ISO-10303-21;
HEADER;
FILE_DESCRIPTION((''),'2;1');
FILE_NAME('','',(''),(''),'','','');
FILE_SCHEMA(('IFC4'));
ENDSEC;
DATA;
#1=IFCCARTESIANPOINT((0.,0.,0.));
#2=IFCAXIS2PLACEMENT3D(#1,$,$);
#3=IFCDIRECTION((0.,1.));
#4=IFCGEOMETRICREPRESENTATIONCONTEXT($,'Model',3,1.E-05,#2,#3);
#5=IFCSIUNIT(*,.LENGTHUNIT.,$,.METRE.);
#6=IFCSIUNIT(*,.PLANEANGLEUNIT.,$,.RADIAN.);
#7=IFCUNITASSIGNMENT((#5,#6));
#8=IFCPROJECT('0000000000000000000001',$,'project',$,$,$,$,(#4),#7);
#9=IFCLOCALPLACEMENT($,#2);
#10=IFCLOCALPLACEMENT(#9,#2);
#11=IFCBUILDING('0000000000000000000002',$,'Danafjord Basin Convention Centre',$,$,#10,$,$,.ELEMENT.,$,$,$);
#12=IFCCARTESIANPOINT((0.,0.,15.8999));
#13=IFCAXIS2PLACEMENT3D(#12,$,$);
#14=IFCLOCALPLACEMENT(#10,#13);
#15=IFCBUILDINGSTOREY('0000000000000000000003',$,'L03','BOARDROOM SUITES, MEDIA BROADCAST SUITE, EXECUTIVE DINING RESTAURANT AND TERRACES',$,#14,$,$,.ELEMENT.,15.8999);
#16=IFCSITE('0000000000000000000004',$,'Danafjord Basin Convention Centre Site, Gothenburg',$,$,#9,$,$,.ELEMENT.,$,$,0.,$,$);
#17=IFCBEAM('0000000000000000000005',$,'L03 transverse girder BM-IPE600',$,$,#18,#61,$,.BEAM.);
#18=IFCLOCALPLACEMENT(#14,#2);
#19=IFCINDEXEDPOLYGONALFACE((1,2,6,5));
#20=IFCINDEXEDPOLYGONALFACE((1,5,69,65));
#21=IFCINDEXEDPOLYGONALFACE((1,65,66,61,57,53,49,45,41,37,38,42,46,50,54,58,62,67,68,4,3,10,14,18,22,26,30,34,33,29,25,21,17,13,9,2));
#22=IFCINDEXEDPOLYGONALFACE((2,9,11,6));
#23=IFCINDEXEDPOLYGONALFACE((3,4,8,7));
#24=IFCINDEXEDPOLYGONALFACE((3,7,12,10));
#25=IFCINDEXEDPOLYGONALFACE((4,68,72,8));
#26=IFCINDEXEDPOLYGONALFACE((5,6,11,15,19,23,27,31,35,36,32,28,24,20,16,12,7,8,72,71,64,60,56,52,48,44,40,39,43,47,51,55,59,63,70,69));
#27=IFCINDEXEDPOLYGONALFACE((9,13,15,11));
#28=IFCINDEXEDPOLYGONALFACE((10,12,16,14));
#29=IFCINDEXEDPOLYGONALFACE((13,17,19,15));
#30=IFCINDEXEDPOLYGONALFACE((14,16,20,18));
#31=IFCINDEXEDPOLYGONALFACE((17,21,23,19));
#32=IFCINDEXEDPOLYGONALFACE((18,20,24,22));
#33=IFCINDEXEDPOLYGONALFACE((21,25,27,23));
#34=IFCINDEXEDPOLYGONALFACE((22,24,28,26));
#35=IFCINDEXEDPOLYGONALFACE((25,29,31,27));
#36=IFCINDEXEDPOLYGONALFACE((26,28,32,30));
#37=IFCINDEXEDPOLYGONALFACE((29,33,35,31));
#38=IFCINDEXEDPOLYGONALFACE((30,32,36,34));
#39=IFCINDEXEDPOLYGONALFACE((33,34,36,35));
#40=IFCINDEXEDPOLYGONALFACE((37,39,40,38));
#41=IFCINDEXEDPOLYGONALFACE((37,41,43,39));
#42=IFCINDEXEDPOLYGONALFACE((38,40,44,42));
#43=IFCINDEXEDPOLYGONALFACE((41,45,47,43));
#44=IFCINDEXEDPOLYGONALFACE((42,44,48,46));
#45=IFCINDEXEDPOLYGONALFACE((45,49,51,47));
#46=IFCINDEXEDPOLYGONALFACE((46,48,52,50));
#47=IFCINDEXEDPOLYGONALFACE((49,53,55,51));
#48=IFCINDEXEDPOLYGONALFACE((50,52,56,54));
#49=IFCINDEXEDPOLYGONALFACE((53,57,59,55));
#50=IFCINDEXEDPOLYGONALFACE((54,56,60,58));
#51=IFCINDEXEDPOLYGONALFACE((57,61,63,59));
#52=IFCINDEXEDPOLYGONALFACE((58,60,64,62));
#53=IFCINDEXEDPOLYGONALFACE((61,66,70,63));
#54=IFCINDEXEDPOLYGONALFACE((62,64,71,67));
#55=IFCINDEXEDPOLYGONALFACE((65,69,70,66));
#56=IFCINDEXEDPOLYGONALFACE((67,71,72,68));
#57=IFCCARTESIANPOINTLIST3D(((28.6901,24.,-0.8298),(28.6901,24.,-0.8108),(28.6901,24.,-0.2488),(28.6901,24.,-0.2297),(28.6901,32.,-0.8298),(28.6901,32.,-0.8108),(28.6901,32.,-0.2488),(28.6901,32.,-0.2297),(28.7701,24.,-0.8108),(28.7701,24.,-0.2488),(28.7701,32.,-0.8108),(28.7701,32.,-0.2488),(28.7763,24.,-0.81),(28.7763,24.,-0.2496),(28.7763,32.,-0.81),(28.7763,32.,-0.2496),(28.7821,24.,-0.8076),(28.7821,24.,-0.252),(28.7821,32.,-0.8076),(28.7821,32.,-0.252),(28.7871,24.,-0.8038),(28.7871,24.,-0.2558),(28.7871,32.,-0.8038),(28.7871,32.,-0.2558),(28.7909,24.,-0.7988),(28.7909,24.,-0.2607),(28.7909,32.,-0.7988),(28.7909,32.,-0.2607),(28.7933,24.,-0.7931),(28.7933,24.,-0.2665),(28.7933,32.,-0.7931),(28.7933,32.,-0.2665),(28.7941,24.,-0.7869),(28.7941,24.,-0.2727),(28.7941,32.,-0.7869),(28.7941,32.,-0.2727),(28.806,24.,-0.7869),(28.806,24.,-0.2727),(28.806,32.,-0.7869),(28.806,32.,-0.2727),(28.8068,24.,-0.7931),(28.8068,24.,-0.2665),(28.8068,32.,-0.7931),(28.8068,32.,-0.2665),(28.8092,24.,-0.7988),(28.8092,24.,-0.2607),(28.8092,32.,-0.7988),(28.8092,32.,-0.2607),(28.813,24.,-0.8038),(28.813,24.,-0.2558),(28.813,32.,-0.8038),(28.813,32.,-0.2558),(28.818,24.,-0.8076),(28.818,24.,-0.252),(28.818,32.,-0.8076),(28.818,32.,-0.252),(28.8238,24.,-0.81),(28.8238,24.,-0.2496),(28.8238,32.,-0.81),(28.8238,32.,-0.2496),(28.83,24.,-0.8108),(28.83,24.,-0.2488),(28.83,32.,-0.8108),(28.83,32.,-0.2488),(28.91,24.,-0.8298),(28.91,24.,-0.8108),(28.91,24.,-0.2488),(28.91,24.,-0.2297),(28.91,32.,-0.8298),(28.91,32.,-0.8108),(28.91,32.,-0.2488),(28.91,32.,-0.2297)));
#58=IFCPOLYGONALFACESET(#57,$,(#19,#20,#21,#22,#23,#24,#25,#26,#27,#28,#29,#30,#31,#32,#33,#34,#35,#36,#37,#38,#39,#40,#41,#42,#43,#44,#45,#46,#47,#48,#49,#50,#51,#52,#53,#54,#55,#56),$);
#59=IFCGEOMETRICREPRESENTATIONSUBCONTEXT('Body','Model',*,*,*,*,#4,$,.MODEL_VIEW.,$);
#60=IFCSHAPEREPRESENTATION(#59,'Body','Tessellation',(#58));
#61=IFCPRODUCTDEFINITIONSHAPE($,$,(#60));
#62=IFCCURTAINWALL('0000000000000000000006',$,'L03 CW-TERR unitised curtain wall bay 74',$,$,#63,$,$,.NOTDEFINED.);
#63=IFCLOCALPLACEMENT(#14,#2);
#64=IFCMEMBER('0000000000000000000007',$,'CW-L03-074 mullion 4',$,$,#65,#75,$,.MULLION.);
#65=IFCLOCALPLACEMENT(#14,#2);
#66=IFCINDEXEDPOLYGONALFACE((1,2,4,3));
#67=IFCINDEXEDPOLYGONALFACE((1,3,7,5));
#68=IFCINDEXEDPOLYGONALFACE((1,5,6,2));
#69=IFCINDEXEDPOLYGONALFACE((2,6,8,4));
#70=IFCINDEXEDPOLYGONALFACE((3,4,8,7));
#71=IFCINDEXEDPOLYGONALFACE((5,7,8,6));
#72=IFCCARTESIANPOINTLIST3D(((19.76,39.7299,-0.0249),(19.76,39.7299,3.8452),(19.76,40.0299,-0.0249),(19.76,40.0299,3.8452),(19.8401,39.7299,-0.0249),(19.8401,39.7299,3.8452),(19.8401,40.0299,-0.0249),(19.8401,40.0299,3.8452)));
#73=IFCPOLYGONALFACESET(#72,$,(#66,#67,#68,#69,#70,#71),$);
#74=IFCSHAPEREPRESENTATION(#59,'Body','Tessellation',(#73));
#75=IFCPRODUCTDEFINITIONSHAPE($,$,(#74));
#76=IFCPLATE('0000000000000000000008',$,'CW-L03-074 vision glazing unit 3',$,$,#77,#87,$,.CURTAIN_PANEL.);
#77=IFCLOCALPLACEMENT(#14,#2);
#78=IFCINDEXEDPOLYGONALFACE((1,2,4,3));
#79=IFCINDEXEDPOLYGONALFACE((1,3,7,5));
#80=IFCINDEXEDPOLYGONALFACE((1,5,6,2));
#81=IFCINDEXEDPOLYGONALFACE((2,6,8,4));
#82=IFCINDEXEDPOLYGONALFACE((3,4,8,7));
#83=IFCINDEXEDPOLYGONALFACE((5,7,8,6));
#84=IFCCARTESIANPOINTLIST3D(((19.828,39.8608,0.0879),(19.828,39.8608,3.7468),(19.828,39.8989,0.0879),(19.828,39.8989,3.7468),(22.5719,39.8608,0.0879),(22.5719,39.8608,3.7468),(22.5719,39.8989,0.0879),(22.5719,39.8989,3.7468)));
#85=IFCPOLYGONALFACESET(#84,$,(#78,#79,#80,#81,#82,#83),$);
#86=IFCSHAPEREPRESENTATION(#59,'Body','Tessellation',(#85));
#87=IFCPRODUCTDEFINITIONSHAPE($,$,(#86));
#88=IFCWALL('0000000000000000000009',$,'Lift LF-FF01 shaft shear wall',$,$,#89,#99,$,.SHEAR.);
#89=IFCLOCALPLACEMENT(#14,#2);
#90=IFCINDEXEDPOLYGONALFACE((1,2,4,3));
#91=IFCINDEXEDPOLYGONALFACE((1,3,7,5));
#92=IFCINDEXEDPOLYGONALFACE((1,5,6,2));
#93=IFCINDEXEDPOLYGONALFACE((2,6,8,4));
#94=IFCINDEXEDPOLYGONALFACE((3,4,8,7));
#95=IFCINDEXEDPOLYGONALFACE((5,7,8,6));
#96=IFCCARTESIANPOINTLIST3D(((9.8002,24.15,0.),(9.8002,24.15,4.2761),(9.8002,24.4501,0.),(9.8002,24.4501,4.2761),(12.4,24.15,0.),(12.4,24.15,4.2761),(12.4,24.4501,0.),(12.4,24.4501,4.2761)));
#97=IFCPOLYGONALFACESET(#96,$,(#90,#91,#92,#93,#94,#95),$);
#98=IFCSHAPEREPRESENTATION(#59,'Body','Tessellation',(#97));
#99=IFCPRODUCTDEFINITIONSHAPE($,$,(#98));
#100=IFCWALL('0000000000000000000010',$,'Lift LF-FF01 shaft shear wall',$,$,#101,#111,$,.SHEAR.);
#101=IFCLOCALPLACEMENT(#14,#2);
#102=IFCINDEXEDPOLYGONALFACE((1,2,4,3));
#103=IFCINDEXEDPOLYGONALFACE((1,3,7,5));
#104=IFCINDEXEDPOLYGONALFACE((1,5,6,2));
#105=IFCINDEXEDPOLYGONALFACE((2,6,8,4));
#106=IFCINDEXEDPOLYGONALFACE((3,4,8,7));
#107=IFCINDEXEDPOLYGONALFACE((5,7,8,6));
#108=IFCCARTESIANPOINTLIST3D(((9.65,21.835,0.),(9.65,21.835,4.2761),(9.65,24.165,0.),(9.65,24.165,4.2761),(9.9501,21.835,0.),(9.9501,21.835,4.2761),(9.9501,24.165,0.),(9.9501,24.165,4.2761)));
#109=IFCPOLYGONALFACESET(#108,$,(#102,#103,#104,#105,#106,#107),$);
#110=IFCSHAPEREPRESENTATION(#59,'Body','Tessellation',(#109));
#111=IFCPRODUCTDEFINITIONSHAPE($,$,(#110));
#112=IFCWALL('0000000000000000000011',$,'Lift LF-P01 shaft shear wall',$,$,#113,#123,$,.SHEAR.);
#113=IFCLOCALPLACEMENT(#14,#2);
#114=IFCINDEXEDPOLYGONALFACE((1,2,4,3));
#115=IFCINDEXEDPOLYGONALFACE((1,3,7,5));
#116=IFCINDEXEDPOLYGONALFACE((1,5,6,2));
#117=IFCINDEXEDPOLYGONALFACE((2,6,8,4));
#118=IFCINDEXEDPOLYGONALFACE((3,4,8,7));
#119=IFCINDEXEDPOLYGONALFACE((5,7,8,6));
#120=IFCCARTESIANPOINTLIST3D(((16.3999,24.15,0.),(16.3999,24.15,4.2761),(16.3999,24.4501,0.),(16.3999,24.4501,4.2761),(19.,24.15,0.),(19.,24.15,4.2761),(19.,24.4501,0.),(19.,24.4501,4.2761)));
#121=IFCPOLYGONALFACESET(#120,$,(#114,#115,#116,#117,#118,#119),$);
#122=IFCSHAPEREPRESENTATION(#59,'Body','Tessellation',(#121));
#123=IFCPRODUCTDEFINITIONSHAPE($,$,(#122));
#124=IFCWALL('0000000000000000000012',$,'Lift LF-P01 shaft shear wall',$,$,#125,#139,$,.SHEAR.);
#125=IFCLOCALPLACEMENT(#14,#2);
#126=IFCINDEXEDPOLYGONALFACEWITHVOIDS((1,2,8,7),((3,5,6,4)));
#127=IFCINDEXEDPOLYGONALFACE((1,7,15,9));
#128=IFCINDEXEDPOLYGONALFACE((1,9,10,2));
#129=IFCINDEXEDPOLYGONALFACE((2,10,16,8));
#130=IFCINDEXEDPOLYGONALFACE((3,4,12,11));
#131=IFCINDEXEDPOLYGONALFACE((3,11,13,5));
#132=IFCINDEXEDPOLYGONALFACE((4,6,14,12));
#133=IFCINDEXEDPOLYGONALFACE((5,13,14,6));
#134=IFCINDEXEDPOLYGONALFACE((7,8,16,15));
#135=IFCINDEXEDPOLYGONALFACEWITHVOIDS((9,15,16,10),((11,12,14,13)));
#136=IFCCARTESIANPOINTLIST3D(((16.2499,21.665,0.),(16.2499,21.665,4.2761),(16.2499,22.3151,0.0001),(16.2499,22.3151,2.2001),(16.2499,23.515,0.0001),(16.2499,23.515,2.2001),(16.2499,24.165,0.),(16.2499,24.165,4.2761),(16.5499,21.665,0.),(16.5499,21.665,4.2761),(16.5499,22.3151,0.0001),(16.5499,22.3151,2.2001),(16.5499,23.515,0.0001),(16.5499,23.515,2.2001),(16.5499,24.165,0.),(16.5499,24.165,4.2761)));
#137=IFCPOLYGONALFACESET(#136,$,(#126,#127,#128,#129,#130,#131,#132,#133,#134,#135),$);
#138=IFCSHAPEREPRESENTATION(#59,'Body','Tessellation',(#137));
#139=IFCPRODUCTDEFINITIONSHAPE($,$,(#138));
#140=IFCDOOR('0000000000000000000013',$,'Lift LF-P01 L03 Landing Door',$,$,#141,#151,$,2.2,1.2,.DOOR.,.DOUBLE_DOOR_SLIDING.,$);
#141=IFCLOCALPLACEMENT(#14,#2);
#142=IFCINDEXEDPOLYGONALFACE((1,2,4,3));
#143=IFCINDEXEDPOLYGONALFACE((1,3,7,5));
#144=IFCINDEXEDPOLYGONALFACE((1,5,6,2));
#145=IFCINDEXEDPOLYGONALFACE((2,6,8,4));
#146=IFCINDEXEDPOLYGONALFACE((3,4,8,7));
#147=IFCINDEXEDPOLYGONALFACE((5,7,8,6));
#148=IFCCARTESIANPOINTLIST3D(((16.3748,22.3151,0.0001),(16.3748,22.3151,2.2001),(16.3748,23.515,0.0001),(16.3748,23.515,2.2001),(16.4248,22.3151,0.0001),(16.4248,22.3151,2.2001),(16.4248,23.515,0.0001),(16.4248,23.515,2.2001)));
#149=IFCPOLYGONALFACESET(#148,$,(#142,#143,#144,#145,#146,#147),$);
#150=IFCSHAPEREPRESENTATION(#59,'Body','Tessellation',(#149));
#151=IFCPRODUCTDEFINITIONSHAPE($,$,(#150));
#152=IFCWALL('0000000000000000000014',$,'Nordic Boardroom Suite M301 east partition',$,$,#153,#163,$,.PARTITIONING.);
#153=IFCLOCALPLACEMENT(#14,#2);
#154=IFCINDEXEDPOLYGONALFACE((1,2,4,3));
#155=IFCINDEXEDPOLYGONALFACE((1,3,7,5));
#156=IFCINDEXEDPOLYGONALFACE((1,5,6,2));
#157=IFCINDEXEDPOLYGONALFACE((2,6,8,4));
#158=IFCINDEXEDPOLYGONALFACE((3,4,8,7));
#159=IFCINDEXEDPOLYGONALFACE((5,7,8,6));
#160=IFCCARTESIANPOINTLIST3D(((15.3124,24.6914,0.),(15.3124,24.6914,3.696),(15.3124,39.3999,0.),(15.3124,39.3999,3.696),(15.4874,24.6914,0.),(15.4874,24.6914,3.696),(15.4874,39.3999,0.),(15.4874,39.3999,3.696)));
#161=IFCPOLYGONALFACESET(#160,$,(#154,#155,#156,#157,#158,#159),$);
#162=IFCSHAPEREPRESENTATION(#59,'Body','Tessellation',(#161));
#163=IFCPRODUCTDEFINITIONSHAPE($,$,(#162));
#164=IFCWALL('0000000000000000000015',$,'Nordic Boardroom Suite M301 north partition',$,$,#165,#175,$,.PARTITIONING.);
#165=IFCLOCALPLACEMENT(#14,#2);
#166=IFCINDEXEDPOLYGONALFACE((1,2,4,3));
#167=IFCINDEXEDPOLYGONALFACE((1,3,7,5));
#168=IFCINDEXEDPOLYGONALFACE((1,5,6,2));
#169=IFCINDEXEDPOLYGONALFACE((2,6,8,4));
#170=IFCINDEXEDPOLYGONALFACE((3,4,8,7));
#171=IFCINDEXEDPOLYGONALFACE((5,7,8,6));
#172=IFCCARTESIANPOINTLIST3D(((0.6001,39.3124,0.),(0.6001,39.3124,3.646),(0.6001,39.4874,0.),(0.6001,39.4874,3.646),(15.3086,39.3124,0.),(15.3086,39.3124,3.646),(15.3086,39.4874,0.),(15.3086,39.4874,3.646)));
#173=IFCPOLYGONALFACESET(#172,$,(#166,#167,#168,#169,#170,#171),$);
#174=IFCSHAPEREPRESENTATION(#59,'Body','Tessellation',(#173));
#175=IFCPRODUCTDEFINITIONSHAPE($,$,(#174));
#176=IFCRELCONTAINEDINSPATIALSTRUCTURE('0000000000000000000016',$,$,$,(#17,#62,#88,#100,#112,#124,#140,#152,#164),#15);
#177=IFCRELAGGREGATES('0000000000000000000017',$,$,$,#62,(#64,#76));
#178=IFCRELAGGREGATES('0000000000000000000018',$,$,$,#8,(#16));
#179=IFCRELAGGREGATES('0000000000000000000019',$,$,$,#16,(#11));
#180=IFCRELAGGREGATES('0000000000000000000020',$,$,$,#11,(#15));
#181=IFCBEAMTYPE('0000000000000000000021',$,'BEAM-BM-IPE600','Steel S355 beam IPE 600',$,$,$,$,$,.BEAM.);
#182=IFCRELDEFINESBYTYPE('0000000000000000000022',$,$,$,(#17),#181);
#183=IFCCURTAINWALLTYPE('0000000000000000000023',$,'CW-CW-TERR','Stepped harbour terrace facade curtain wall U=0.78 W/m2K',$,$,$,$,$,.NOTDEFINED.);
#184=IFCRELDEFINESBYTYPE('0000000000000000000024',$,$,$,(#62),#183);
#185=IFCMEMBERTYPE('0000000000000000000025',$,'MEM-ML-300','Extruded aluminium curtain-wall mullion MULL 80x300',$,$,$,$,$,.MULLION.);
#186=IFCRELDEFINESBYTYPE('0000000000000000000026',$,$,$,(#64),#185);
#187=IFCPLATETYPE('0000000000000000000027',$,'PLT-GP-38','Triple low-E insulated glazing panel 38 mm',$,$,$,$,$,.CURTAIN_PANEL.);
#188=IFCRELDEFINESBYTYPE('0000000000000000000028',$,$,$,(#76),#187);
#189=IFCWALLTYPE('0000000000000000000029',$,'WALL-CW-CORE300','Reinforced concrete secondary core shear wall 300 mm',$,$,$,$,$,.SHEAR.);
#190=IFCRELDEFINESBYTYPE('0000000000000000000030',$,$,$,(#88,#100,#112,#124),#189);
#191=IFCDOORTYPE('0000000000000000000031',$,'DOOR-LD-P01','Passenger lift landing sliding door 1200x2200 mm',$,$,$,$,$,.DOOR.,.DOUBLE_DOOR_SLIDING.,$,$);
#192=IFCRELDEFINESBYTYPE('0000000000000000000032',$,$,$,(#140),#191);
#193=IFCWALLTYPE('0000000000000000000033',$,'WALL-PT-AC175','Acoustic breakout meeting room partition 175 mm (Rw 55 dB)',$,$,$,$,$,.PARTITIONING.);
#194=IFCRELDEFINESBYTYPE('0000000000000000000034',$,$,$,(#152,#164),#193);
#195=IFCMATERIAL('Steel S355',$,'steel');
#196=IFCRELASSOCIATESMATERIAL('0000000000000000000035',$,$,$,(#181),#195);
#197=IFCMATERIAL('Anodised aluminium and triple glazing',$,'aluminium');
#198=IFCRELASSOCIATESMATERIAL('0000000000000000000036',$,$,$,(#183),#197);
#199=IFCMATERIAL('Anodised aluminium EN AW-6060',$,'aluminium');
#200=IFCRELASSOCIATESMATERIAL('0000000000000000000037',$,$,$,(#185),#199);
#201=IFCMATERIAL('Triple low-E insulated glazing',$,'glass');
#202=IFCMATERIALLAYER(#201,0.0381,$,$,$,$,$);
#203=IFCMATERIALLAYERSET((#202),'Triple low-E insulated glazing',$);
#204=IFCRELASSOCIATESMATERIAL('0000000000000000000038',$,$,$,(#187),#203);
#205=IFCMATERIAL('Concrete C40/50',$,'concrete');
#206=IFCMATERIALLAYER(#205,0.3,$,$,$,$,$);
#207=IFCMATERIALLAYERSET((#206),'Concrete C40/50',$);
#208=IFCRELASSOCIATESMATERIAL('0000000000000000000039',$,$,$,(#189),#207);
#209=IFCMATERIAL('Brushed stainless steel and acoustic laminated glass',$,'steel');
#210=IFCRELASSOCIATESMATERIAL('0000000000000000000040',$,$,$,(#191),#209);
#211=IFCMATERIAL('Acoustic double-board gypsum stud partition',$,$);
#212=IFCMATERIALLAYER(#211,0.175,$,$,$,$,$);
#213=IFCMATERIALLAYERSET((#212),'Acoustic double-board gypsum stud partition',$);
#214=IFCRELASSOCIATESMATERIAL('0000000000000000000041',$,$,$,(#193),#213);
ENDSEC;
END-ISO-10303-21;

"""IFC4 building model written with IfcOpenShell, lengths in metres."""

from ifc_helpers import new_model, si_unit, direction, frame, frame_2d, origin, origin_2d, place, context, subcontext, project, spatial, rectangle, i_section, extrude, material, layer, layer_set, material_profile, profile_set, type_object, element, fill, aggregate, save


model = new_model("IFC4")

# Units and contexts
model_context = context("Model", 3, precision=1e-05, world=origin(), true_north=direction((0.0, 1.0)))
body_context = subcontext(model_context, "Body", "Model", "MODEL_VIEW")
ifc_project = project(units=[si_unit("LENGTHUNIT", "METRE"), si_unit("PLANEANGLEUNIT", "RADIAN")], contexts=[model_context])

# Site, building, storey
site_placement = place(None, origin())
site = spatial("IfcSite", under=ifc_project, at=site_placement, Name="Danafjord Basin Convention Centre Site, Gothenburg", CompositionType="ELEMENT", RefElevation=0.0)
building_placement = place(site_placement, origin())
building = spatial("IfcBuilding", under=site, at=building_placement, Name="Danafjord Basin Convention Centre", CompositionType="ELEMENT")
storey_placement = place(building_placement, frame((0.0, 0.0, 15.8999)))
storey = spatial("IfcBuildingStorey", under=building, at=storey_placement, Name="L03", Description="BOARDROOM SUITES, MEDIA BROADCAST SUITE, EXECUTIVE DINING RESTAURANT AND TERRACES", CompositionType="ELEMENT", Elevation=15.8999)

# Shared definitions
ifc_material_1 = material(Name="Steel S355", Category="steel")

# Beam
ifc_material_profile_1 = material_profile(ifc_material_1, i_section(OverallWidth=0.22, OverallDepth=0.6001, WebThickness=0.012, FlangeThickness=0.019, FilletRadius=0.0239, at=origin_2d()), Name="IPE 600")
ifc_profile_set_1 = profile_set([ifc_material_profile_1], Name="Steel S355")
beam_type_1 = type_object("IfcBeamType", Name="BEAM-BM-IPE600", Description="Steel S355 beam IPE 600", PredefinedType="BEAM", material=ifc_profile_set_1)
for number, where, z_axis, x_axis, name in (
    (1, (28.8, 24.0, -0.5298), (0.0, 1.0, 0.0), (-1.0, 0.0, 0.0), "L03 transverse girder BM-IPE600"),
):
    element("IfcBeam", number, at=place(storey_placement, frame(where, z_axis=z_axis, x_axis=x_axis)), inside=storey, type_object=beam_type_1, Name=name, PredefinedType="BEAM", context=body_context, shape_type="SweptSolid", body=[
        extrude(i_section(OverallWidth=0.22, OverallDepth=0.6001, WebThickness=0.012, FlangeThickness=0.019, FilletRadius=0.0239, at=origin_2d()), origin(), (0.0, 0.0, 1.0), 8.0),
    ])

# Curtain wall, member, plate
ifc_material_2 = material(Name="Anodised aluminium and triple glazing", Category="aluminium")
curtain_wall_type = type_object("IfcCurtainWallType", Name="CW-CW-TERR", Description="Stepped harbour terrace facade curtain wall U=0.78 W/m2K", PredefinedType="NOTDEFINED", material=ifc_material_2)
curtain_wall_placement = place(storey_placement, origin())
curtain_wall = element("IfcCurtainWall", 2, at=curtain_wall_placement, inside=storey, type_object=curtain_wall_type, Name="L03 CW-TERR unitised curtain wall bay 74", PredefinedType="NOTDEFINED")
ifc_material_3 = material(Name="Anodised aluminium EN AW-6060", Category="aluminium")
ifc_material_profile_2 = material_profile(ifc_material_3, rectangle(XDim=0.0801, YDim=0.3, at=origin_2d()), Name="MULL 80x300")
ifc_profile_set_2 = profile_set([ifc_material_profile_2], Name="Anodised aluminium EN AW-6060")
member_type = type_object("IfcMemberType", Name="MEM-ML-300", Description="Extruded aluminium curtain-wall mullion MULL 80x300", PredefinedType="MULLION", material=ifc_profile_set_2)
member_placement = place(storey_placement, frame((19.8, 39.8799, -0.0249), z_axis=(0.0, 0.0, 1.0), x_axis=(-1.0, 0.0, 0.0)))
member = element("IfcMember", 3, at=member_placement, type_object=member_type, Name="CW-L03-074 mullion 4", PredefinedType="MULLION", context=body_context, shape_type="SweptSolid", body=[
    extrude(rectangle(XDim=0.0801, YDim=0.3, at=origin_2d()), origin(), (0.0, 0.0, 1.0), 3.8701),
])
ifc_material_4 = material(Name="Triple low-E insulated glazing", Category="glass")
ifc_layer_1 = layer(ifc_material_4, 0.0381)
ifc_layer_set_1 = layer_set([ifc_layer_1], Name="Triple low-E insulated glazing")
plate_type = type_object("IfcPlateType", Name="PLT-GP-38", Description="Triple low-E insulated glazing panel 38 mm", PredefinedType="CURTAIN_PANEL", material=ifc_layer_set_1)
plate_placement = place(storey_placement, frame((21.2, 39.8799, 0.0879), z_axis=(0.0, 0.0, 1.0), x_axis=(-1.0, 0.0, 0.0)))
plate = element("IfcPlate", 4, at=plate_placement, type_object=plate_type, Name="CW-L03-074 vision glazing unit 3", PredefinedType="CURTAIN_PANEL", context=body_context, shape_type="SweptSolid", body=[
    extrude(rectangle(XDim=2.7439, YDim=0.0381, at=origin_2d()), origin(), (0.0, 0.0, 1.0), 3.6589),
])
aggregate(curtain_wall, [member, plate])

# Walls
ifc_material_5 = material(Name="Concrete C40/50", Category="concrete")
ifc_layer_2 = layer(ifc_material_5, 0.3)
ifc_layer_set_2 = layer_set([ifc_layer_2], Name="Concrete C40/50")
wall_type_1 = type_object("IfcWallType", Name="WALL-CW-CORE300", Description="Reinforced concrete secondary core shear wall 300 mm", PredefinedType="SHEAR", material=ifc_layer_set_2)
wall_1_placement = place(storey_placement, frame((12.3999, 24.3, 0.0), z_axis=(0.0, 0.0, 1.0), x_axis=(-1.0, 0.0, 0.0)))
element("IfcWall", 5, at=wall_1_placement, inside=storey, type_object=wall_type_1, Name="Lift LF-FF01 shaft shear wall", PredefinedType="SHEAR", context=body_context, shape_type="SweptSolid", body=[
    extrude(rectangle(XDim=2.5999, YDim=0.3, at=frame_2d((1.2998, 0.0))), origin(), (0.0, 0.0, 1.0), 4.2761),
])
wall_2_placement = place(storey_placement, frame((9.8, 24.165, 0.0), z_axis=(0.0, 0.0, 1.0), x_axis=(0.0, -1.0, 0.0)))
element("IfcWall", 6, at=wall_2_placement, inside=storey, type_object=wall_type_1, Name="Lift LF-FF01 shaft shear wall", PredefinedType="SHEAR", context=body_context, shape_type="SweptSolid", body=[
    extrude(rectangle(XDim=2.3301, YDim=0.3, at=frame_2d((1.165, 0.0))), origin(), (0.0, 0.0, 1.0), 4.2761),
])
wall_3_placement = place(storey_placement, frame((19.0, 24.3, 0.0), z_axis=(0.0, 0.0, 1.0), x_axis=(-1.0, 0.0, 0.0)))
element("IfcWall", 7, at=wall_3_placement, inside=storey, type_object=wall_type_1, Name="Lift LF-P01 shaft shear wall", PredefinedType="SHEAR", context=body_context, shape_type="SweptSolid", body=[
    extrude(rectangle(XDim=2.6001, YDim=0.3, at=frame_2d((1.3, 0.0))), origin(), (0.0, 0.0, 1.0), 4.2761),
])

# Wall, opening, door
wall_4_placement = place(storey_placement, frame((16.3999, 24.165, 0.0), z_axis=(0.0, 0.0, 1.0), x_axis=(0.0, -1.0, 0.0)))
wall_4 = element("IfcWall", 8, at=wall_4_placement, inside=storey, type_object=wall_type_1, Name="Lift LF-P01 shaft shear wall", PredefinedType="SHEAR", context=body_context, shape_type="SweptSolid", body=[
    extrude(rectangle(XDim=2.5, YDim=0.3, at=frame_2d((1.25, 0.0))), origin(), (0.0, 0.0, 1.0), 4.2761),
])
opening_1_placement = place(wall_4_placement, frame((0.6499, 0.0, 0.0)))
opening_1 = element("IfcOpeningElement", 9, at=opening_1_placement, cuts=wall_4, PredefinedType="OPENING", context=body_context, shape_type="SweptSolid", body=[
    extrude(rectangle(XDim=1.2, YDim=2.2, at=frame_2d((0.6001, 1.1001))), frame((0.0, 0.1599, 0.0), z_axis=(0.0, -1.0, 0.0), x_axis=(1.0, 0.0, 0.0)), (0.0, 0.0, 1.0), 0.3201),
])
ifc_material_6 = material(Name="Brushed stainless steel and acoustic laminated glass", Category="steel")
door_type_1 = type_object("IfcDoorType", Name="DOOR-LD-P01", Description="Passenger lift landing sliding door 1200x2200 mm", OperationType="DOUBLE_DOOR_SLIDING", PredefinedType="DOOR", material=ifc_material_6)
door_1_placement = place(opening_1_placement, origin())
door_1 = element("IfcDoor", 10, at=door_1_placement, inside=storey, type_object=door_type_1, Name="Lift LF-P01 L03 Landing Door", OperationType="DOUBLE_DOOR_SLIDING", OverallHeight=2.2, OverallWidth=1.2, PredefinedType="DOOR", context=body_context, shape_type="SweptSolid", body=[
    extrude(rectangle(XDim=1.2, YDim=2.2, at=frame_2d((0.6001, 1.1001))), frame((0.0, 0.0249, 0.0), z_axis=(0.0, -1.0, 0.0), x_axis=(1.0, 0.0, 0.0)), (0.0, 0.0, 1.0), 0.05),
])
fill(opening_1, door_1)

# Walls
ifc_material_7 = material(Name="Acoustic double-board gypsum stud partition")
ifc_layer_3 = layer(ifc_material_7, 0.175)
ifc_layer_set_3 = layer_set([ifc_layer_3], Name="Acoustic double-board gypsum stud partition")
wall_type_2 = type_object("IfcWallType", Name="WALL-PT-AC175", Description="Acoustic breakout meeting room partition 175 mm (Rw 55 dB)", PredefinedType="PARTITIONING", material=ifc_layer_set_3)
wall_5_placement = place(storey_placement, frame((15.3999, 24.6914, 0.0), z_axis=(0.0, 0.0, 1.0), x_axis=(0.0, 1.0, 0.0)))
element("IfcWall", 11, at=wall_5_placement, inside=storey, type_object=wall_type_2, Name="Nordic Boardroom Suite M301 east partition", PredefinedType="PARTITIONING", context=body_context, shape_type="SweptSolid", body=[
    extrude(rectangle(XDim=14.7085, YDim=0.175, at=frame_2d((7.3542, 0.0))), origin(), (0.0, 0.0, 1.0), 3.696),
])
wall_6_placement = place(storey_placement, frame((15.3086, 39.3999, 0.0), z_axis=(0.0, 0.0, 1.0), x_axis=(-1.0, 0.0, 0.0)))
element("IfcWall", 12, at=wall_6_placement, inside=storey, type_object=wall_type_2, Name="Nordic Boardroom Suite M301 north partition", PredefinedType="PARTITIONING", context=body_context, shape_type="SweptSolid", body=[
    extrude(rectangle(XDim=14.7085, YDim=0.175, at=frame_2d((7.3542, 0.0))), origin(), (0.0, 0.0, 1.0), 3.646),
])

save(model, "model.ifc")
